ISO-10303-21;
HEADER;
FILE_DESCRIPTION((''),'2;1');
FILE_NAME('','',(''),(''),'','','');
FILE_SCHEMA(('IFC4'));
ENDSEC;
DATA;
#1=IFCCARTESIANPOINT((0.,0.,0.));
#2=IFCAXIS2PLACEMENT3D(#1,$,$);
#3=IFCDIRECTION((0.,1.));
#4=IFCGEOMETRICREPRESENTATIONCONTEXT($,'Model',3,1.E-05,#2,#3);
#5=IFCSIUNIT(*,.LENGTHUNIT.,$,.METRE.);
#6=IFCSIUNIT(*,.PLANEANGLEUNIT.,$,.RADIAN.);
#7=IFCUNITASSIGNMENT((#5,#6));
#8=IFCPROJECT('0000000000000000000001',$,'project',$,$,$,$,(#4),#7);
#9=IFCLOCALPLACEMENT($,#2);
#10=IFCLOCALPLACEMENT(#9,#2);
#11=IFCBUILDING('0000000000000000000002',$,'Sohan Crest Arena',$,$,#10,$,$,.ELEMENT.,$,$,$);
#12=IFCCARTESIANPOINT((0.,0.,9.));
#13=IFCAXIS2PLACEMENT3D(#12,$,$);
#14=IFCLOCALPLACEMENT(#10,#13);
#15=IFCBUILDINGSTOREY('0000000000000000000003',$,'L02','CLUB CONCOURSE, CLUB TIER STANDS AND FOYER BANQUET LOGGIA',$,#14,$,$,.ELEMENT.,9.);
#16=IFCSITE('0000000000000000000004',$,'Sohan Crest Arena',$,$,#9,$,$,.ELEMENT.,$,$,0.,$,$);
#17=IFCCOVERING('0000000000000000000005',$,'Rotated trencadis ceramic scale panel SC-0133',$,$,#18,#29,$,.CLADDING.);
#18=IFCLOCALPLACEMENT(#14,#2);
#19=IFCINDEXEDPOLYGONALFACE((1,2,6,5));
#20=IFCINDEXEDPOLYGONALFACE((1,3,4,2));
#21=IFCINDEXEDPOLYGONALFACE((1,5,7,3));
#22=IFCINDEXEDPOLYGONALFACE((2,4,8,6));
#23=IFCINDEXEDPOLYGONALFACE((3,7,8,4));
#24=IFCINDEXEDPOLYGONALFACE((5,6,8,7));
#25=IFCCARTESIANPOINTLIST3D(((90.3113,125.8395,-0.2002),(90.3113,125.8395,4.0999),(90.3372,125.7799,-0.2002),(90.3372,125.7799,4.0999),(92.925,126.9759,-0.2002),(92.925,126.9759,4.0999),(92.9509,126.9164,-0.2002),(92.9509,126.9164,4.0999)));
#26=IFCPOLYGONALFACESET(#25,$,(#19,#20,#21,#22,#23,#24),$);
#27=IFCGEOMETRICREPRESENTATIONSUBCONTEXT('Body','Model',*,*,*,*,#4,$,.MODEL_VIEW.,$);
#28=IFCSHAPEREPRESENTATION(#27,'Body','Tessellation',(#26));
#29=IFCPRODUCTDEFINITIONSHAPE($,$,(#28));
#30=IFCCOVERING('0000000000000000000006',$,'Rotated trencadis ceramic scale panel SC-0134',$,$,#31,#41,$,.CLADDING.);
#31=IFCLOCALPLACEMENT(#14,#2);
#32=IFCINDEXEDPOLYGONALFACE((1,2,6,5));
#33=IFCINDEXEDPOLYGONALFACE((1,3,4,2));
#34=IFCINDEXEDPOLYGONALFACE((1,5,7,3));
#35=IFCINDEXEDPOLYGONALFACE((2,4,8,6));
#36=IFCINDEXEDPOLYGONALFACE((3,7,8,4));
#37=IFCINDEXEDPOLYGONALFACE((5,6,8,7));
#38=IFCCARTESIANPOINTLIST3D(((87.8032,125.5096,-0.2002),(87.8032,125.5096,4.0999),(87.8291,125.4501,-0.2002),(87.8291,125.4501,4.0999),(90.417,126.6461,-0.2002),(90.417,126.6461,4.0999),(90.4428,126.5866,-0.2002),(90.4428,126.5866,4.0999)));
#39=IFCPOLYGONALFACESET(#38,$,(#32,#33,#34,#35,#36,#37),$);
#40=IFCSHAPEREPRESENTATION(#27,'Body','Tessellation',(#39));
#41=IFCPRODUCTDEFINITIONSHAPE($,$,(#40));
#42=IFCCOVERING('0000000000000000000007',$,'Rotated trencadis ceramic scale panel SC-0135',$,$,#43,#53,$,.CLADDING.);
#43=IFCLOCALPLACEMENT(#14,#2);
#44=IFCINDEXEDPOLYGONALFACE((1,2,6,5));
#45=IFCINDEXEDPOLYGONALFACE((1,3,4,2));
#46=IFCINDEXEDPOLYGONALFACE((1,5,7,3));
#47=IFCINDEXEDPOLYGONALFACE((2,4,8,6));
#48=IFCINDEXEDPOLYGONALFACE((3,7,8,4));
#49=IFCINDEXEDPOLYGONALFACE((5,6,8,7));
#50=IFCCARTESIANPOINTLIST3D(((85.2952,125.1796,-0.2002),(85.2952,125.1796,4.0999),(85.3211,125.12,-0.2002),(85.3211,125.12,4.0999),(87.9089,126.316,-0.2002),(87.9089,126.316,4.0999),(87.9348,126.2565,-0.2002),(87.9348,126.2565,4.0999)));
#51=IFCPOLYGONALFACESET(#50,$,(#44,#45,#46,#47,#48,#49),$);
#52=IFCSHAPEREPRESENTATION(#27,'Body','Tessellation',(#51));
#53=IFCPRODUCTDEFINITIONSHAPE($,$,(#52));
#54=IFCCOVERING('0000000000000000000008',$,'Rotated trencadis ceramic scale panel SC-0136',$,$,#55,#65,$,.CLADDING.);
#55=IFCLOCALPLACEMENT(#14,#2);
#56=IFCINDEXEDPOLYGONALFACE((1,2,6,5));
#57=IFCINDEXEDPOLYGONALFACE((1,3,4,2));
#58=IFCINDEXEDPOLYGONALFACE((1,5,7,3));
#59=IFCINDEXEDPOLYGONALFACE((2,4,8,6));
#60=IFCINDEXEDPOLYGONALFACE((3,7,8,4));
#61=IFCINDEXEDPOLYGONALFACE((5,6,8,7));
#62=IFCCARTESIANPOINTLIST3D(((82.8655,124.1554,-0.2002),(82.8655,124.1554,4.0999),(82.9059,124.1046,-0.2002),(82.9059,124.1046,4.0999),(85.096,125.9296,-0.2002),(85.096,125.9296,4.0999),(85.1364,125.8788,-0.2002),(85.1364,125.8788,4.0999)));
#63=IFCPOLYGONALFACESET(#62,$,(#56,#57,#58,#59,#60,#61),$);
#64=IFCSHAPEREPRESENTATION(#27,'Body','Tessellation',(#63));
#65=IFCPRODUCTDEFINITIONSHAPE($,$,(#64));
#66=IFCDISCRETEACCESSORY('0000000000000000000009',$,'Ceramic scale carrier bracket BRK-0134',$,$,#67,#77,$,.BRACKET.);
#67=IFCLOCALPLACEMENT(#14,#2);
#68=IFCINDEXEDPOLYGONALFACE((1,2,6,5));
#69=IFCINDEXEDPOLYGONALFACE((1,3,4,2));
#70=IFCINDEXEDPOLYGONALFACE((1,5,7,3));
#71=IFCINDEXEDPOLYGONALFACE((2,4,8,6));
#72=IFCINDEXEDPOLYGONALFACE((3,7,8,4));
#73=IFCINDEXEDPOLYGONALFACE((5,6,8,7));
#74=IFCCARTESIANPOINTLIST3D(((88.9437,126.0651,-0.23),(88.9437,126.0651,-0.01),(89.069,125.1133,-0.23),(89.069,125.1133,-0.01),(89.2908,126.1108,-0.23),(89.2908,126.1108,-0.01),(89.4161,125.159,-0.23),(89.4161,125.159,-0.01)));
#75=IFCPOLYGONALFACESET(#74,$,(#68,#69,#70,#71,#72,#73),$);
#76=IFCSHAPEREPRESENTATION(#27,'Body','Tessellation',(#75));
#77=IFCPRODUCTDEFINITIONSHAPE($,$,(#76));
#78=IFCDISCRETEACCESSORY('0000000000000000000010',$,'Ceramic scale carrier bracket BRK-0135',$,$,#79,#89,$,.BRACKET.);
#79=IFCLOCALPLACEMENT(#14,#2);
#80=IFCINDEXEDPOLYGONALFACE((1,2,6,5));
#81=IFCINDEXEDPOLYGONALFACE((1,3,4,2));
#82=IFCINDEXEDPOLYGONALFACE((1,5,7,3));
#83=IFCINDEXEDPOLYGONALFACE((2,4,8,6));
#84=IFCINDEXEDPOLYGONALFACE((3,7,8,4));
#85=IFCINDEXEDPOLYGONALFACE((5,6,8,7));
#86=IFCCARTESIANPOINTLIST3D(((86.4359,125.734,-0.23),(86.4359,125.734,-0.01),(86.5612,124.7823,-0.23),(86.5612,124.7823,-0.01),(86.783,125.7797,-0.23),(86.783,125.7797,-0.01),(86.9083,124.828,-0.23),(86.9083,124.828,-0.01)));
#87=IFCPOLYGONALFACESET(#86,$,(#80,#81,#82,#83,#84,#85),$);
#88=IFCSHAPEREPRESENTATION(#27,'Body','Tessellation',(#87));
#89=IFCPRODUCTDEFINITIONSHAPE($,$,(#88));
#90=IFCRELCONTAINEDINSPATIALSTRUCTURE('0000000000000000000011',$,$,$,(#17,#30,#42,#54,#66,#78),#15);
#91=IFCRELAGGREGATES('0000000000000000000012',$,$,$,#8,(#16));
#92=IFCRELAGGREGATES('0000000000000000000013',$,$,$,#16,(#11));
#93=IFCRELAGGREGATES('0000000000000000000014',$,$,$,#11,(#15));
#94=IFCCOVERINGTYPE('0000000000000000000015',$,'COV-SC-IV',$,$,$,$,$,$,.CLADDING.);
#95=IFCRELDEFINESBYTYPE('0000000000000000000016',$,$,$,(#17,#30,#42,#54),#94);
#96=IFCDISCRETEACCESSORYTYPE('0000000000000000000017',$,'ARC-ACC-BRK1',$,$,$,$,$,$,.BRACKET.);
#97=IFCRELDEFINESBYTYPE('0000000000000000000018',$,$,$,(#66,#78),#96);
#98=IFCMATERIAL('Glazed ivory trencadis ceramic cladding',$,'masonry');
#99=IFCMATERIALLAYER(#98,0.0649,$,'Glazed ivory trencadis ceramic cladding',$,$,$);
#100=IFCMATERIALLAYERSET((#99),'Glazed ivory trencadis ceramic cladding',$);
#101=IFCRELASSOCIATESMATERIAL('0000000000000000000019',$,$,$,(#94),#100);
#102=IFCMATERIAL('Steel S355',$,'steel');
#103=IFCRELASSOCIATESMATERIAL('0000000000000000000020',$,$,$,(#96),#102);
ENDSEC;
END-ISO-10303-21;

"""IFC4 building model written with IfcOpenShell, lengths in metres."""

from ifc_helpers import new_model, si_unit, direction, frame, origin, origin_2d, place, context, subcontext, project, spatial, rectangle, extrude, material, layer, layer_set, type_object, element, save


model = new_model("IFC4")

# Units and contexts
model_context = context("Model", 3, precision=1e-05, world=origin(), true_north=direction((0.0, 1.0)))
body_context = subcontext(model_context, "Body", "Model", "MODEL_VIEW")
ifc_project = project(units=[si_unit("LENGTHUNIT", "METRE"), si_unit("PLANEANGLEUNIT", "RADIAN")], contexts=[model_context])

# Site, building, storey
site_placement = place(None, origin())
site = spatial("IfcSite", under=ifc_project, at=site_placement, Name="Sohan Crest Arena", CompositionType="ELEMENT", RefElevation=0.0)
building_placement = place(site_placement, origin())
building = spatial("IfcBuilding", under=site, at=building_placement, Name="Sohan Crest Arena", CompositionType="ELEMENT")
storey_placement = place(building_placement, frame((0.0, 0.0, 9.0)))
storey = spatial("IfcBuildingStorey", under=building, at=storey_placement, Name="L02", Description="CLUB CONCOURSE, CLUB TIER STANDS AND FOYER BANQUET LOGGIA", CompositionType="ELEMENT", Elevation=9.0)

# Coverings
ifc_material_1 = material(Name="Glazed ivory trencadis ceramic cladding", Category="masonry")
ifc_layer_1 = layer(ifc_material_1, 0.0649, Name="Glazed ivory trencadis ceramic cladding")
ifc_layer_set_1 = layer_set([ifc_layer_1], Name="Glazed ivory trencadis ceramic cladding")
covering_type = type_object("IfcCoveringType", Name="COV-SC-IV", PredefinedType="CLADDING", material=ifc_layer_set_1)
for number, where, z_axis, x_axis, name in (
    (1, (91.6311, 126.3779, -0.2002), (0.0, 0.0, 1.0), (-0.91706, -0.398749, 0.0), "Rotated trencadis ceramic scale panel SC-0133"),
    (2, (89.123, 126.0481, -0.2002), (0.0, 0.0, 1.0), (-0.91706, -0.398749, 0.0), "Rotated trencadis ceramic scale panel SC-0134"),
    (3, (86.615, 125.718, -0.2002), (0.0, 0.0, 1.0), (-0.91706, -0.398749, 0.0), "Rotated trencadis ceramic scale panel SC-0135"),
    (4, (84.001, 125.0171, -0.2002), (0.0, 0.0, 1.0), (-0.782608, -0.622515, 0.0), "Rotated trencadis ceramic scale panel SC-0136"),
):
    element("IfcCovering", number, at=place(storey_placement, frame(where, z_axis=z_axis, x_axis=x_axis)), inside=storey, type_object=covering_type, Name=name, PredefinedType="CLADDING", context=body_context, shape_type="SweptSolid", body=[
        extrude(rectangle(XDim=2.8501, YDim=0.0649, at=origin_2d()), origin(), (0.0, 0.0, 1.0), 4.3),
    ])

# Discrete accessories
ifc_material_2 = material(Name="Steel S355", Category="steel")
discrete_accessory_type = type_object("IfcDiscreteAccessoryType", Name="ARC-ACC-BRK1", PredefinedType="BRACKET", material=ifc_material_2)
for number, where, z_axis, x_axis, name in (
    (5, (89.1799, 125.6121, -0.23), (0.0, 0.0, 1.0), (-0.991445, -0.130526, 0.0), "Ceramic scale carrier bracket BRK-0134"),
    (6, (86.6721, 125.281, -0.23), (0.0, 0.0, 1.0), (-0.991445, -0.130526, 0.0), "Ceramic scale carrier bracket BRK-0135"),
):
    element("IfcDiscreteAccessory", number, at=place(storey_placement, frame(where, z_axis=z_axis, x_axis=x_axis)), inside=storey, type_object=discrete_accessory_type, Name=name, PredefinedType="BRACKET", context=body_context, shape_type="SweptSolid", body=[
        extrude(rectangle(XDim=0.3501, YDim=0.96, at=origin_2d()), origin(), (0.0, 0.0, 1.0), 0.22),
    ])

save(model, "model.ifc")
